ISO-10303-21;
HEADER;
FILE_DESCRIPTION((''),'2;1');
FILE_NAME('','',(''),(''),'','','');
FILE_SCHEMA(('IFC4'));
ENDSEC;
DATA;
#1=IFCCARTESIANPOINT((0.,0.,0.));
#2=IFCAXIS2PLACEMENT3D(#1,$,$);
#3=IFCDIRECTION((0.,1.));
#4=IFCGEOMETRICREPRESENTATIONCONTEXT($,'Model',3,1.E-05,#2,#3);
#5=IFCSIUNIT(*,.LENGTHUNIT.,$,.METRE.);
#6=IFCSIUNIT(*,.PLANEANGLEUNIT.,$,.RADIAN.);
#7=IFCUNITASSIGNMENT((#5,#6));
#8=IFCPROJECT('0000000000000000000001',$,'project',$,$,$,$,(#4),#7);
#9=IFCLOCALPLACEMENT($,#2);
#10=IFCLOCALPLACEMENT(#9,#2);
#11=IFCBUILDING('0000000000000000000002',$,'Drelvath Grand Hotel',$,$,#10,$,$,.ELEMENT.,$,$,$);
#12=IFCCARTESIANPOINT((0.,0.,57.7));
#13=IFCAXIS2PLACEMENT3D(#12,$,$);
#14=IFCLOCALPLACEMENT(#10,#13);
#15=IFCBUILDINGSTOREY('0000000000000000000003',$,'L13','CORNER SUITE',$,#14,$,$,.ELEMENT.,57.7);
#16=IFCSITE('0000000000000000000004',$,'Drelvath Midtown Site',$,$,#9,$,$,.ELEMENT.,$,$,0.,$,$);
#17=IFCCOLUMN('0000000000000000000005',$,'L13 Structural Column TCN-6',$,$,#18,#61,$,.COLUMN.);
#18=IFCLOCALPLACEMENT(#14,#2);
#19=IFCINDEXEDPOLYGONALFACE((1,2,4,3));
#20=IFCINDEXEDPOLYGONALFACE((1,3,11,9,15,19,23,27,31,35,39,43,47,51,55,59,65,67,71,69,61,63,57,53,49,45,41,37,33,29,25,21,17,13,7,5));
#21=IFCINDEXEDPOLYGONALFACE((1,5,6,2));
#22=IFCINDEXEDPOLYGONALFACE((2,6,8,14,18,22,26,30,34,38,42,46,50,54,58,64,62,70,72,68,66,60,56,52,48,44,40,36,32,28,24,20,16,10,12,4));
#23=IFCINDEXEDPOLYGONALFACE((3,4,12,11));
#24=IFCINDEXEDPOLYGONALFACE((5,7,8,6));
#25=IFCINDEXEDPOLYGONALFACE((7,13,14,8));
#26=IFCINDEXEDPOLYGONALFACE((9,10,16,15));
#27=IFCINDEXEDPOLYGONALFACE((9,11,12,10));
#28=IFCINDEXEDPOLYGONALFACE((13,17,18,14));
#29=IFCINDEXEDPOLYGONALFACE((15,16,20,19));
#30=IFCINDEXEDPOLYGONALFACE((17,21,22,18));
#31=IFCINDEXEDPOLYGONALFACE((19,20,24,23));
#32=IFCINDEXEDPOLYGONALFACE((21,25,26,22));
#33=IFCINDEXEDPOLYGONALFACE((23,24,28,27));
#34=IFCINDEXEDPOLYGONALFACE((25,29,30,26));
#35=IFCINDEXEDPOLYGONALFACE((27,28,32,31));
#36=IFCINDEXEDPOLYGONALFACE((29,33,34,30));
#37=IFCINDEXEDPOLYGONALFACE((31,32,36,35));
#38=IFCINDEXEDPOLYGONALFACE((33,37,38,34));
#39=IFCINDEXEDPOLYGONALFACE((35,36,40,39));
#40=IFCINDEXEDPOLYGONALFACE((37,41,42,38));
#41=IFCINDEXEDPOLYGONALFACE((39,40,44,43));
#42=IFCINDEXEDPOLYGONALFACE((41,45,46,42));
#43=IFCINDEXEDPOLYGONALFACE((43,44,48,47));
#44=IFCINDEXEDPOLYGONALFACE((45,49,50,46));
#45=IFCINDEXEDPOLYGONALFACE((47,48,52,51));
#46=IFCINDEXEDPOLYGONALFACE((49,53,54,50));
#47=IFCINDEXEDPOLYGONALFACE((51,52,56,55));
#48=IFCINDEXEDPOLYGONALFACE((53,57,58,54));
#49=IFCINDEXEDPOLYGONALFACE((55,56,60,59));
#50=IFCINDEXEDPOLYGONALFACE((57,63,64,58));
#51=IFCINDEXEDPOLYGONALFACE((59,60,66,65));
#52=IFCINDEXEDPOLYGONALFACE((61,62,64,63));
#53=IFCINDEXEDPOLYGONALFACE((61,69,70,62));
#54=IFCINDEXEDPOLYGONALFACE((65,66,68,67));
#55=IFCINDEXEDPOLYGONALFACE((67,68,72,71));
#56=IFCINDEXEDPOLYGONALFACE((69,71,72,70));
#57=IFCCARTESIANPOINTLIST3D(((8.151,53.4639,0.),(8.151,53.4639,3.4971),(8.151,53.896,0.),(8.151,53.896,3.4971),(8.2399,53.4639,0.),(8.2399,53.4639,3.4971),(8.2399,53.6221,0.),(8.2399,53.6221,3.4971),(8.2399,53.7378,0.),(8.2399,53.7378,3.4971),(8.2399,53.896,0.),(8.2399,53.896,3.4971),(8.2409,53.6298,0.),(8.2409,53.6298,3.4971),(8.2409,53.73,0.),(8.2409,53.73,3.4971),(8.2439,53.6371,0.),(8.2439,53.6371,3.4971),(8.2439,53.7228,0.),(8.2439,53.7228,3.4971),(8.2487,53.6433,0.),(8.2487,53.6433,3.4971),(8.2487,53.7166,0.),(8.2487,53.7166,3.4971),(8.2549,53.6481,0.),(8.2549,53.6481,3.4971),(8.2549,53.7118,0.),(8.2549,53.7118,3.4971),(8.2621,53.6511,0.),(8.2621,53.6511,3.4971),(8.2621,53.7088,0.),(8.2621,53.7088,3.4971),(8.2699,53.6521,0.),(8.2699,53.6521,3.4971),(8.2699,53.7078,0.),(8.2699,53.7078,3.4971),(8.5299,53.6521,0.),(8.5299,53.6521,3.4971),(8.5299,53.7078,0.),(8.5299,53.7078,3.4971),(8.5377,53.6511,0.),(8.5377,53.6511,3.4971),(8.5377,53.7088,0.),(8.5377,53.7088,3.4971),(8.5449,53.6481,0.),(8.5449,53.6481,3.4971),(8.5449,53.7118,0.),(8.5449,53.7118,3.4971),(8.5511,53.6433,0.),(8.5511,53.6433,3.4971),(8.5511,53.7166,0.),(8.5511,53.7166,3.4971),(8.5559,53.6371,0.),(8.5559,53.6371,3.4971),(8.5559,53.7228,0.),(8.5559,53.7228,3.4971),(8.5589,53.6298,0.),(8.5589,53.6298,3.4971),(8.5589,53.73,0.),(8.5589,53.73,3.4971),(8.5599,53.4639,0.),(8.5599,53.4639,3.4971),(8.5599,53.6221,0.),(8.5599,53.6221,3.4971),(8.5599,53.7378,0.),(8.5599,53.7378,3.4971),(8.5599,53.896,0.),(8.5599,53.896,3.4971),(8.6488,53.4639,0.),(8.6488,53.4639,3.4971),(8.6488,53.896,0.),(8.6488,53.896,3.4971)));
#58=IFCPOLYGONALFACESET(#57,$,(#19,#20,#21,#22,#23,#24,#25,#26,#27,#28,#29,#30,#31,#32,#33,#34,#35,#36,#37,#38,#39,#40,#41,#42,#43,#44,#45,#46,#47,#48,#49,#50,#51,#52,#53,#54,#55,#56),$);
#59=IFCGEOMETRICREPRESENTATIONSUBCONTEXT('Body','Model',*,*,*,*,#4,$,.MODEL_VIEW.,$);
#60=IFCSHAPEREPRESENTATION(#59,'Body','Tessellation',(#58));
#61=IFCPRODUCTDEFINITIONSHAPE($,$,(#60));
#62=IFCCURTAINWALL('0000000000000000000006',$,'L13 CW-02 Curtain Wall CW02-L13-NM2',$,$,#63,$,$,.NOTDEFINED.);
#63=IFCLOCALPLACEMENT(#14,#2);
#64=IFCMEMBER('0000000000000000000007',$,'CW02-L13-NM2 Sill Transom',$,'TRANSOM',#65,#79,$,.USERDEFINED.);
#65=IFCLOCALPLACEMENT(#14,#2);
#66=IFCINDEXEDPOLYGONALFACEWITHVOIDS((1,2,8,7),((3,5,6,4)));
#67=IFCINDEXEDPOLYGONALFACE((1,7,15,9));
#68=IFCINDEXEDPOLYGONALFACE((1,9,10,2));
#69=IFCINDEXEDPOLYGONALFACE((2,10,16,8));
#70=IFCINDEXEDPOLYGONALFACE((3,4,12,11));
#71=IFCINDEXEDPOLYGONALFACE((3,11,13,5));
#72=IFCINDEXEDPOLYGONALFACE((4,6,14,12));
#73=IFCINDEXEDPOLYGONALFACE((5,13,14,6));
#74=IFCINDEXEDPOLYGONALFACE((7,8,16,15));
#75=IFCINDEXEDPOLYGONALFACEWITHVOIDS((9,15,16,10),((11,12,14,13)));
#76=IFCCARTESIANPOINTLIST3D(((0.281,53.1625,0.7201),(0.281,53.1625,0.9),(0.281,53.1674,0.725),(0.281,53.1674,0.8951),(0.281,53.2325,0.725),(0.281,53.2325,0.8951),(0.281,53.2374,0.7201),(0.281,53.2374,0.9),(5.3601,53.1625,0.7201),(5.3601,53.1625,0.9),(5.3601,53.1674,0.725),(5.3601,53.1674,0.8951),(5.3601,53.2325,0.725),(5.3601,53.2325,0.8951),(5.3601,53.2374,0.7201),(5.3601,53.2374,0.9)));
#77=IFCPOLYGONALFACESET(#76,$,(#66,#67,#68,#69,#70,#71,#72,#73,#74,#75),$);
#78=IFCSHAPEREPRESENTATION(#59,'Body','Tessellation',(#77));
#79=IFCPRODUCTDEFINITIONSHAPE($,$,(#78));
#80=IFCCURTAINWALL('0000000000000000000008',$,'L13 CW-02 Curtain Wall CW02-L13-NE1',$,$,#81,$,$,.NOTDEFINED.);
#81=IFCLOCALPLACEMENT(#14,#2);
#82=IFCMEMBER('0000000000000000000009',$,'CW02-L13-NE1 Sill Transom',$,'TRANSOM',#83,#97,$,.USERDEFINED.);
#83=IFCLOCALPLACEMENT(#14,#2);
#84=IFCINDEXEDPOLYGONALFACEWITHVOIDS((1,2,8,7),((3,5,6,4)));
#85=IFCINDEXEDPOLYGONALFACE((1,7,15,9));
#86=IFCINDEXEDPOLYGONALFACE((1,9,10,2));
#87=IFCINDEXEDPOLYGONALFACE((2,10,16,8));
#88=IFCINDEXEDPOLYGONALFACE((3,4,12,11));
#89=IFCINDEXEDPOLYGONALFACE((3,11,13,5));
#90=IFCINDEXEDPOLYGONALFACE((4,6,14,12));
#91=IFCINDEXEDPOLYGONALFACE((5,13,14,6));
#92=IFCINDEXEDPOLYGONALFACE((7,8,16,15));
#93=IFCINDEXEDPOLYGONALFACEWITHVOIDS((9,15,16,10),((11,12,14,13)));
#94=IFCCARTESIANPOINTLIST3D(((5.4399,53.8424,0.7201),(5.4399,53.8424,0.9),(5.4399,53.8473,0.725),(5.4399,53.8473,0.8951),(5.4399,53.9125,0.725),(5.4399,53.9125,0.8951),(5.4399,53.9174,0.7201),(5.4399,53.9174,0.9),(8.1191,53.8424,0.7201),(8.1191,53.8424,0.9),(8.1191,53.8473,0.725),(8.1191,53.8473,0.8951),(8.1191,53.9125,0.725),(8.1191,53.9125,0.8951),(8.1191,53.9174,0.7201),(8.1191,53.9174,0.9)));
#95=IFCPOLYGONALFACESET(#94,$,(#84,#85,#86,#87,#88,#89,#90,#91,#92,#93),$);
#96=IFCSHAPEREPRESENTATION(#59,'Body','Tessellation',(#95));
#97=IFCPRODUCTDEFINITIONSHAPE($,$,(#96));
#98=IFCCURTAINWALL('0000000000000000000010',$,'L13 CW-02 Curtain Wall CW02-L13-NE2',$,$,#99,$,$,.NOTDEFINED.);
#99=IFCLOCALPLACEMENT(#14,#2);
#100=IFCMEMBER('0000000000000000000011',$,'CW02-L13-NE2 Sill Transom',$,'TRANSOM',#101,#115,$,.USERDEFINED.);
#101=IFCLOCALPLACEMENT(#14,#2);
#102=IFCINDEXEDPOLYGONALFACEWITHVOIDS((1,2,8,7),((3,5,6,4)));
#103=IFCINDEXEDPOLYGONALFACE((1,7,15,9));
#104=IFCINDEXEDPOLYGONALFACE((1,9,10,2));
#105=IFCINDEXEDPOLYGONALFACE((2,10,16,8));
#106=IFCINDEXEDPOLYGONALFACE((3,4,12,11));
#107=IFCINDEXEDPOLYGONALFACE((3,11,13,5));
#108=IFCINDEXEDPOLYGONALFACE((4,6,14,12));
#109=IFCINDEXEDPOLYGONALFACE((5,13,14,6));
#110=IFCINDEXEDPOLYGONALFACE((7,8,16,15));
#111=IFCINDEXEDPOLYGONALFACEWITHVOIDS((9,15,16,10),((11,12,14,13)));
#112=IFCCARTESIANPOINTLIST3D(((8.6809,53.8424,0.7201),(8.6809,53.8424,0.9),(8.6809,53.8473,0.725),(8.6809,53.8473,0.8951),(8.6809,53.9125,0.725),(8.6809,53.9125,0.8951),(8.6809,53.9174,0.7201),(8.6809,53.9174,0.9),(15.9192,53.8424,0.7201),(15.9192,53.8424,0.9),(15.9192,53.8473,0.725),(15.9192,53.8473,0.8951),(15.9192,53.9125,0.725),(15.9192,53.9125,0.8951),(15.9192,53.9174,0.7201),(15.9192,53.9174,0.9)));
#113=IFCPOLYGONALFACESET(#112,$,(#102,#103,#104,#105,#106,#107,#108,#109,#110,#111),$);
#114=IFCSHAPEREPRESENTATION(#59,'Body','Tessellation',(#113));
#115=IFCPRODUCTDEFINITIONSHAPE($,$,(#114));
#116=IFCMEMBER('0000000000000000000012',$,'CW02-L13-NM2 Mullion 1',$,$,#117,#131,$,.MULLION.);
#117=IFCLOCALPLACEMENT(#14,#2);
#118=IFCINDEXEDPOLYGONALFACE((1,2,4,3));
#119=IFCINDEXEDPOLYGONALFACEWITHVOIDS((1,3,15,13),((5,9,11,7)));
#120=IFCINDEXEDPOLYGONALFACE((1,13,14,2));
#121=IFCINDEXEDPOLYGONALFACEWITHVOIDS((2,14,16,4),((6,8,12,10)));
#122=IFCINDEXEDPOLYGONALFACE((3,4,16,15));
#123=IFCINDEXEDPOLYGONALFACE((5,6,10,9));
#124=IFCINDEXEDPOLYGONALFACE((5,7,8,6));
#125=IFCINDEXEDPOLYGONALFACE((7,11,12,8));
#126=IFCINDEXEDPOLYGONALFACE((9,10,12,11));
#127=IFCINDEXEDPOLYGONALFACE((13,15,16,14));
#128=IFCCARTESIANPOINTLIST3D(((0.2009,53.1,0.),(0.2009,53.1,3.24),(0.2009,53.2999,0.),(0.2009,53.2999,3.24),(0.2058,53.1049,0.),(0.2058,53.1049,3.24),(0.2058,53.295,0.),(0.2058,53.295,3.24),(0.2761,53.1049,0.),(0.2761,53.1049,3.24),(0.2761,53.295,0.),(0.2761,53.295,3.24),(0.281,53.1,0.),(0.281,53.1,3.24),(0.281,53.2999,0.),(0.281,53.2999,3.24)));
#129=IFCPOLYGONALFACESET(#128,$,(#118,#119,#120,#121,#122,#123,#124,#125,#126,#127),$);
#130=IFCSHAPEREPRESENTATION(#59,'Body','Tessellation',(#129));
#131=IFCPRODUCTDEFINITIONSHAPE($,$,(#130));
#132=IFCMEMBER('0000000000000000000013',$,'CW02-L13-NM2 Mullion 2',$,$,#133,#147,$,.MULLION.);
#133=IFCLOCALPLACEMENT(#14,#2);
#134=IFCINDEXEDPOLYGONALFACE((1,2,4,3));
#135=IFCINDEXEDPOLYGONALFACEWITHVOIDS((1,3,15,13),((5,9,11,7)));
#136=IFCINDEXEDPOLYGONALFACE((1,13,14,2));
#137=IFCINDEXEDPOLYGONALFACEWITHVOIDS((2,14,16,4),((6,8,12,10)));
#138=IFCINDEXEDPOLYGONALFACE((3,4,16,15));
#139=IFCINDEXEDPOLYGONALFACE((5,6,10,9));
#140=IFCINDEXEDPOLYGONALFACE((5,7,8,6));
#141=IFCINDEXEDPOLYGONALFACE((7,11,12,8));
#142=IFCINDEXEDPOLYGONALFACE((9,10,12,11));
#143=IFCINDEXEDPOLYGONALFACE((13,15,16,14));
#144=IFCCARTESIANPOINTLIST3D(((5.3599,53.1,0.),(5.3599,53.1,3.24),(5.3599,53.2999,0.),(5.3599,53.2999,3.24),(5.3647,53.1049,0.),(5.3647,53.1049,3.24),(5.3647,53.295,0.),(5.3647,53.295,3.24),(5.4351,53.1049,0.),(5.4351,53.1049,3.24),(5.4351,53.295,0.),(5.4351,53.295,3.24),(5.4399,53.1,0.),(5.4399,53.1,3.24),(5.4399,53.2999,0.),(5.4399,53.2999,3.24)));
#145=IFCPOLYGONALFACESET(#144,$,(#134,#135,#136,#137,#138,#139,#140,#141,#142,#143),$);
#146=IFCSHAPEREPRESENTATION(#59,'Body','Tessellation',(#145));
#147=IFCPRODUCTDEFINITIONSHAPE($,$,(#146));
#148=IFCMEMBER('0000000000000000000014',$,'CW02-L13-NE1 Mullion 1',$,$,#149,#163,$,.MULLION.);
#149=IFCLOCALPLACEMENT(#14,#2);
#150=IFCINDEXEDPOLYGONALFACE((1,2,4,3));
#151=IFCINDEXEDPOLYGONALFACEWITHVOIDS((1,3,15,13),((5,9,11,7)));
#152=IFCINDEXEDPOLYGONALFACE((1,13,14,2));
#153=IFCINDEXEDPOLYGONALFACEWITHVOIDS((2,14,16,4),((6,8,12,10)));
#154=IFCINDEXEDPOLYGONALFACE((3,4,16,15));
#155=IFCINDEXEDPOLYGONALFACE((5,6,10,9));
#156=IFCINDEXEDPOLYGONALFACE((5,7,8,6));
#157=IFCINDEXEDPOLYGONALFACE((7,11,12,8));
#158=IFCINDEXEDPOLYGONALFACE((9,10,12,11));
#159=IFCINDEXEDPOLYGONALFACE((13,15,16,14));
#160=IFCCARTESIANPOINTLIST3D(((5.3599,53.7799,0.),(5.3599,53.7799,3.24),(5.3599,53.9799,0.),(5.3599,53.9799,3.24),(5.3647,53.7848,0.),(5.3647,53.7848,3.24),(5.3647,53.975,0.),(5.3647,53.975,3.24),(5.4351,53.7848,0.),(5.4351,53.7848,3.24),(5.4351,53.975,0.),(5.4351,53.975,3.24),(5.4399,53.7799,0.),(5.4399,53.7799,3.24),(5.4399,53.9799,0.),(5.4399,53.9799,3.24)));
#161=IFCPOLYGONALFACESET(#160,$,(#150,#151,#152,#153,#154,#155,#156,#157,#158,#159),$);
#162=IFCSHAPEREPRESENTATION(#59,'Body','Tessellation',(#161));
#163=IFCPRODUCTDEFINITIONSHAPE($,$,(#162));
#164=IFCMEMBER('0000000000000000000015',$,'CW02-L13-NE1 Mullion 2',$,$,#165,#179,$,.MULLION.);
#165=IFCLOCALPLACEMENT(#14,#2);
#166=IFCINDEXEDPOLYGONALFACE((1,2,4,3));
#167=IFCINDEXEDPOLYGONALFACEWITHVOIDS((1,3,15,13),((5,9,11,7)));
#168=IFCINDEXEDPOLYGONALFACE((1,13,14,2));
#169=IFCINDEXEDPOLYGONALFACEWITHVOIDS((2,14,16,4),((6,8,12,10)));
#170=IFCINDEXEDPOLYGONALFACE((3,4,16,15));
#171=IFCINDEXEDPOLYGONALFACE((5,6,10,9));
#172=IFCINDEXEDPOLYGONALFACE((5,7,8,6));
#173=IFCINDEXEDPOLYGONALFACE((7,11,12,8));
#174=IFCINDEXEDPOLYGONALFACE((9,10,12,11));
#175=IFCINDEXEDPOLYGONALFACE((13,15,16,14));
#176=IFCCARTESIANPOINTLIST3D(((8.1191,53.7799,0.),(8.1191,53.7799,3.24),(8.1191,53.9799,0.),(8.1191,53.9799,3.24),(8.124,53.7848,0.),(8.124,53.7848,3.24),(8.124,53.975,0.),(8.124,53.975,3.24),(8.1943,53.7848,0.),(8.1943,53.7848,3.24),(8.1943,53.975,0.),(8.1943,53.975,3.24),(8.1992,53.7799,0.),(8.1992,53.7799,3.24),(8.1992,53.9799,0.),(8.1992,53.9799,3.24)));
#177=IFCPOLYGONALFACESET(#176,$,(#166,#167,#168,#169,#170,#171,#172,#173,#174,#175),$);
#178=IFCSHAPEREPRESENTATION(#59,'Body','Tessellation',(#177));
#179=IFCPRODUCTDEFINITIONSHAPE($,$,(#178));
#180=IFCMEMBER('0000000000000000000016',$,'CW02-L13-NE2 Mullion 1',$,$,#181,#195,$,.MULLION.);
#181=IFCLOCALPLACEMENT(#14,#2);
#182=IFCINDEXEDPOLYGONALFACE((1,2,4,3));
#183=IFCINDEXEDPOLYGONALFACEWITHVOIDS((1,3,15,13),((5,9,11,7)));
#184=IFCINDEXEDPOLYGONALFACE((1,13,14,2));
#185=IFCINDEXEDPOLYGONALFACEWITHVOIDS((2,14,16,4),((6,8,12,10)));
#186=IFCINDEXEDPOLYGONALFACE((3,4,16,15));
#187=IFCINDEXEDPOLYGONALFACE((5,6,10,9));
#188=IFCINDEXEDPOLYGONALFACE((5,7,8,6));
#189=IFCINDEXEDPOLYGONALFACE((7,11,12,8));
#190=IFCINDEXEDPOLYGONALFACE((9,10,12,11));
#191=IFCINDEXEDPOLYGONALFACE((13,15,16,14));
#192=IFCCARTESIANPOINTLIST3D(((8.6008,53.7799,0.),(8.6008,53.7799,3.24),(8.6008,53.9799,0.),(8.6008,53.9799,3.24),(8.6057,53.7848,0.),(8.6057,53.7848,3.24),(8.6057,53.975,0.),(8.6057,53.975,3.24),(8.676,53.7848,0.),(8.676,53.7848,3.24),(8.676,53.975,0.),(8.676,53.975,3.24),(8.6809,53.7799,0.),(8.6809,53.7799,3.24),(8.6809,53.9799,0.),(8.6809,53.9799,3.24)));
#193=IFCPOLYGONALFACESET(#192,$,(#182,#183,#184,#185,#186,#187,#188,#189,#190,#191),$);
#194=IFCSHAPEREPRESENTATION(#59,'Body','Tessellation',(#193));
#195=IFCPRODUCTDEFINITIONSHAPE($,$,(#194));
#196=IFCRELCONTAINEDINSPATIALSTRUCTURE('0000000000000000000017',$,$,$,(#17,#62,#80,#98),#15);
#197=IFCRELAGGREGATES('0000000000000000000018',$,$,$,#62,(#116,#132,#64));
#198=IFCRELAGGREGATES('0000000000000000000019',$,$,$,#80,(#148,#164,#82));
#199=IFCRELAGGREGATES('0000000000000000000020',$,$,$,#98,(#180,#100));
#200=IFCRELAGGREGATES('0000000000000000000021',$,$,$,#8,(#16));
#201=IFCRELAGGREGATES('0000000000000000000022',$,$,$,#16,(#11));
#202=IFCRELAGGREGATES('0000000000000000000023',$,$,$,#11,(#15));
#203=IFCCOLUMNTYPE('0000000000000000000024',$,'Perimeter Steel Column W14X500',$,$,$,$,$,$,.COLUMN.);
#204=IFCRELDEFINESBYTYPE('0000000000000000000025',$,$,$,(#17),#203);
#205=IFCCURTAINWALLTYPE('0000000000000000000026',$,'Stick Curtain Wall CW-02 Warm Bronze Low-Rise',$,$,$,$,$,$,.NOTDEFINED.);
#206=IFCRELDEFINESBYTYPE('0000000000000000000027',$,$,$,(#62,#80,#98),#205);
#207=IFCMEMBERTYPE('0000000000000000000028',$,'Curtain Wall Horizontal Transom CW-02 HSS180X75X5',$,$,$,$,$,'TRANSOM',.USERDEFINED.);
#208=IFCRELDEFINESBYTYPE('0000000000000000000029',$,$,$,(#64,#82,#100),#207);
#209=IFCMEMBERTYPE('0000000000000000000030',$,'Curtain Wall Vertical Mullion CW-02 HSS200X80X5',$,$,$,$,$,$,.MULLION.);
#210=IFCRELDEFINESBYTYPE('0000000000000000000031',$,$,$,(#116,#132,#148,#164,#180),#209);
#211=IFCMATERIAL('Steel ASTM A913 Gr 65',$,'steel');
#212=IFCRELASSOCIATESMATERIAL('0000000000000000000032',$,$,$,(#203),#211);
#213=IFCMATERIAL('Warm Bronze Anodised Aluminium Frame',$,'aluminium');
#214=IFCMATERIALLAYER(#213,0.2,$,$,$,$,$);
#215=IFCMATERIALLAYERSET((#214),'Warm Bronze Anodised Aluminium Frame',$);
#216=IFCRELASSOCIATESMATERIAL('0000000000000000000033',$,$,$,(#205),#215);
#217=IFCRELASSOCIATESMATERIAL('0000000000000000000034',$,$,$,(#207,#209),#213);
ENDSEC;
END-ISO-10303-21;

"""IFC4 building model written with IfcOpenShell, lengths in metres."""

from ifc_helpers import new_model, si_unit, direction, frame, origin, origin_2d, place, context, subcontext, project, spatial, hollow_rectangle, i_section, extrude, material, layer, layer_set, material_profile, profile_set, type_object, element, aggregate, save


model = new_model("IFC4")

# Units and contexts
model_context = context("Model", 3, precision=1e-05, world=origin(), true_north=direction((0.0, 1.0)))
body_context = subcontext(model_context, "Body", "Model", "MODEL_VIEW")
ifc_project = project(units=[si_unit("LENGTHUNIT", "METRE"), si_unit("PLANEANGLEUNIT", "RADIAN")], contexts=[model_context])

# Site, building, storey
site_placement = place(None, origin())
site = spatial("IfcSite", under=ifc_project, at=site_placement, Name="Drelvath Midtown Site", CompositionType="ELEMENT", RefElevation=0.0)
building_placement = place(site_placement, origin())
building = spatial("IfcBuilding", under=site, at=building_placement, Name="Drelvath Grand Hotel", CompositionType="ELEMENT")
storey_placement = place(building_placement, frame((0.0, 0.0, 57.7)))
storey = spatial("IfcBuildingStorey", under=building, at=storey_placement, Name="L13", Description="CORNER SUITE", CompositionType="ELEMENT", Elevation=57.7)

# Column
ifc_material_1 = material(Name="Steel ASTM A913 Gr 65", Category="steel")
ifc_material_profile_1 = material_profile(ifc_material_1, i_section(OverallWidth=0.4321, OverallDepth=0.4978, WebThickness=0.0557, FlangeThickness=0.0889, FilletRadius=0.03, at=origin_2d()), Name="W14X500")
ifc_profile_set_1 = profile_set([ifc_material_profile_1], Name="Steel ASTM A913 Gr 65")
column_type = type_object("IfcColumnType", Name="Perimeter Steel Column W14X500", PredefinedType="COLUMN", material=ifc_profile_set_1)
column_placement = place(storey_placement, frame((8.3999, 53.6799, 0.0), z_axis=(0.0, 0.0, 1.0), x_axis=(0.0, 1.0, 0.0)))
element("IfcColumn", 1, at=column_placement, inside=storey, type_object=column_type, Name="L13 Structural Column TCN-6", PredefinedType="COLUMN", context=body_context, shape_type="SweptSolid", body=[
    extrude(i_section(OverallWidth=0.4321, OverallDepth=0.4978, WebThickness=0.0557, FlangeThickness=0.0889, FilletRadius=0.03, at=origin_2d()), origin(), (0.0, 0.0, 1.0), 3.4971),
])

# Curtain walls, members
ifc_material_2 = material(Name="Warm Bronze Anodised Aluminium Frame", Category="aluminium")
ifc_layer_1 = layer(ifc_material_2, 0.2)
ifc_layer_set_1 = layer_set([ifc_layer_1], Name="Warm Bronze Anodised Aluminium Frame")
curtain_wall_type = type_object("IfcCurtainWallType", Name="Stick Curtain Wall CW-02 Warm Bronze Low-Rise", PredefinedType="NOTDEFINED", material=ifc_layer_set_1)
curtain_wall_1_placement = place(storey_placement, origin())
curtain_wall_1 = element("IfcCurtainWall", 2, at=curtain_wall_1_placement, inside=storey, type_object=curtain_wall_type, Name="L13 CW-02 Curtain Wall CW02-L13-NM2", PredefinedType="NOTDEFINED")
ifc_material_profile_2 = material_profile(ifc_material_2, hollow_rectangle(XDim=0.075, YDim=0.1799, WallThickness=0.0049, at=origin_2d()), Name="HSS180X75X5")
ifc_profile_set_2 = profile_set([ifc_material_profile_2], Name="Warm Bronze Anodised Aluminium Frame")
member_type_1 = type_object("IfcMemberType", Name="Curtain Wall Horizontal Transom CW-02 HSS180X75X5", ElementType="TRANSOM", PredefinedType="USERDEFINED", material=ifc_profile_set_2)
member_1_placement = place(storey_placement, frame((0.281, 53.2, 0.8101), z_axis=(1.0, 0.0, 0.0), x_axis=(0.0, 1.0, 0.0)))
member_1 = element("IfcMember", 3, at=member_1_placement, type_object=member_type_1, Name="CW02-L13-NM2 Sill Transom", ObjectType="TRANSOM", PredefinedType="USERDEFINED", context=body_context, shape_type="SweptSolid", body=[
    extrude(hollow_rectangle(XDim=0.075, YDim=0.1799, WallThickness=0.0049, at=origin_2d()), origin(), (0.0, 0.0, 1.0), 5.0791),
])
curtain_wall_2_placement = place(storey_placement, origin())
curtain_wall_2 = element("IfcCurtainWall", 4, at=curtain_wall_2_placement, inside=storey, type_object=curtain_wall_type, Name="L13 CW-02 Curtain Wall CW02-L13-NE1", PredefinedType="NOTDEFINED")
member_2_placement = place(storey_placement, frame((5.4399, 53.8799, 0.8101), z_axis=(1.0, 0.0, 0.0), x_axis=(0.0, 1.0, 0.0)))
member_2 = element("IfcMember", 5, at=member_2_placement, type_object=member_type_1, Name="CW02-L13-NE1 Sill Transom", ObjectType="TRANSOM", PredefinedType="USERDEFINED", context=body_context, shape_type="SweptSolid", body=[
    extrude(hollow_rectangle(XDim=0.075, YDim=0.1799, WallThickness=0.0049, at=origin_2d()), origin(), (0.0, 0.0, 1.0), 2.6792),
])
curtain_wall_3_placement = place(storey_placement, origin())
curtain_wall_3 = element("IfcCurtainWall", 6, at=curtain_wall_3_placement, inside=storey, type_object=curtain_wall_type, Name="L13 CW-02 Curtain Wall CW02-L13-NE2", PredefinedType="NOTDEFINED")
member_3_placement = place(storey_placement, frame((8.6809, 53.8799, 0.8101), z_axis=(1.0, 0.0, 0.0), x_axis=(0.0, 1.0, 0.0)))
member_3 = element("IfcMember", 7, at=member_3_placement, type_object=member_type_1, Name="CW02-L13-NE2 Sill Transom", ObjectType="TRANSOM", PredefinedType="USERDEFINED", context=body_context, shape_type="SweptSolid", body=[
    extrude(hollow_rectangle(XDim=0.075, YDim=0.1799, WallThickness=0.0049, at=origin_2d()), origin(), (0.0, 0.0, 1.0), 7.2383),
])

# Members
ifc_material_profile_3 = material_profile(ifc_material_2, hollow_rectangle(XDim=0.0801, YDim=0.2, WallThickness=0.0049, at=origin_2d()), Name="HSS200X80X5")
ifc_profile_set_3 = profile_set([ifc_material_profile_3], Name="Warm Bronze Anodised Aluminium Frame")
member_type_2 = type_object("IfcMemberType", Name="Curtain Wall Vertical Mullion CW-02 HSS200X80X5", PredefinedType="MULLION", material=ifc_profile_set_3)
member_4_placement = place(storey_placement, frame((0.241, 53.2, 0.0), z_axis=(0.0, 0.0, 1.0), x_axis=(1.0, 0.0, 0.0)))
member_4 = element("IfcMember", 8, at=member_4_placement, type_object=member_type_2, Name="CW02-L13-NM2 Mullion 1", PredefinedType="MULLION", context=body_context, shape_type="SweptSolid", body=[
    extrude(hollow_rectangle(XDim=0.0801, YDim=0.2, WallThickness=0.0049, at=origin_2d()), origin(), (0.0, 0.0, 1.0), 3.24),
])
member_5_placement = place(storey_placement, frame((5.3999, 53.2, 0.0), z_axis=(0.0, 0.0, 1.0), x_axis=(1.0, 0.0, 0.0)))
member_5 = element("IfcMember", 9, at=member_5_placement, type_object=member_type_2, Name="CW02-L13-NM2 Mullion 2", PredefinedType="MULLION", context=body_context, shape_type="SweptSolid", body=[
    extrude(hollow_rectangle(XDim=0.0801, YDim=0.2, WallThickness=0.0049, at=origin_2d()), origin(), (0.0, 0.0, 1.0), 3.24),
])
member_6_placement = place(storey_placement, frame((5.3999, 53.8799, 0.0), z_axis=(0.0, 0.0, 1.0), x_axis=(1.0, 0.0, 0.0)))
member_6 = element("IfcMember", 10, at=member_6_placement, type_object=member_type_2, Name="CW02-L13-NE1 Mullion 1", PredefinedType="MULLION", context=body_context, shape_type="SweptSolid", body=[
    extrude(hollow_rectangle(XDim=0.0801, YDim=0.2, WallThickness=0.0049, at=origin_2d()), origin(), (0.0, 0.0, 1.0), 3.24),
])
member_7_placement = place(storey_placement, frame((8.1592, 53.8799, 0.0), z_axis=(0.0, 0.0, 1.0), x_axis=(1.0, 0.0, 0.0)))
member_7 = element("IfcMember", 11, at=member_7_placement, type_object=member_type_2, Name="CW02-L13-NE1 Mullion 2", PredefinedType="MULLION", context=body_context, shape_type="SweptSolid", body=[
    extrude(hollow_rectangle(XDim=0.0801, YDim=0.2, WallThickness=0.0049, at=origin_2d()), origin(), (0.0, 0.0, 1.0), 3.24),
])
member_8_placement = place(storey_placement, frame((8.6409, 53.8799, 0.0), z_axis=(0.0, 0.0, 1.0), x_axis=(1.0, 0.0, 0.0)))
member_8 = element("IfcMember", 12, at=member_8_placement, type_object=member_type_2, Name="CW02-L13-NE2 Mullion 1", PredefinedType="MULLION", context=body_context, shape_type="SweptSolid", body=[
    extrude(hollow_rectangle(XDim=0.0801, YDim=0.2, WallThickness=0.0049, at=origin_2d()), origin(), (0.0, 0.0, 1.0), 3.24),
])

aggregate(curtain_wall_1, [member_4, member_5, member_1])
aggregate(curtain_wall_2, [member_6, member_7, member_2])
aggregate(curtain_wall_3, [member_8, member_3])

save(model, "model.ifc")
